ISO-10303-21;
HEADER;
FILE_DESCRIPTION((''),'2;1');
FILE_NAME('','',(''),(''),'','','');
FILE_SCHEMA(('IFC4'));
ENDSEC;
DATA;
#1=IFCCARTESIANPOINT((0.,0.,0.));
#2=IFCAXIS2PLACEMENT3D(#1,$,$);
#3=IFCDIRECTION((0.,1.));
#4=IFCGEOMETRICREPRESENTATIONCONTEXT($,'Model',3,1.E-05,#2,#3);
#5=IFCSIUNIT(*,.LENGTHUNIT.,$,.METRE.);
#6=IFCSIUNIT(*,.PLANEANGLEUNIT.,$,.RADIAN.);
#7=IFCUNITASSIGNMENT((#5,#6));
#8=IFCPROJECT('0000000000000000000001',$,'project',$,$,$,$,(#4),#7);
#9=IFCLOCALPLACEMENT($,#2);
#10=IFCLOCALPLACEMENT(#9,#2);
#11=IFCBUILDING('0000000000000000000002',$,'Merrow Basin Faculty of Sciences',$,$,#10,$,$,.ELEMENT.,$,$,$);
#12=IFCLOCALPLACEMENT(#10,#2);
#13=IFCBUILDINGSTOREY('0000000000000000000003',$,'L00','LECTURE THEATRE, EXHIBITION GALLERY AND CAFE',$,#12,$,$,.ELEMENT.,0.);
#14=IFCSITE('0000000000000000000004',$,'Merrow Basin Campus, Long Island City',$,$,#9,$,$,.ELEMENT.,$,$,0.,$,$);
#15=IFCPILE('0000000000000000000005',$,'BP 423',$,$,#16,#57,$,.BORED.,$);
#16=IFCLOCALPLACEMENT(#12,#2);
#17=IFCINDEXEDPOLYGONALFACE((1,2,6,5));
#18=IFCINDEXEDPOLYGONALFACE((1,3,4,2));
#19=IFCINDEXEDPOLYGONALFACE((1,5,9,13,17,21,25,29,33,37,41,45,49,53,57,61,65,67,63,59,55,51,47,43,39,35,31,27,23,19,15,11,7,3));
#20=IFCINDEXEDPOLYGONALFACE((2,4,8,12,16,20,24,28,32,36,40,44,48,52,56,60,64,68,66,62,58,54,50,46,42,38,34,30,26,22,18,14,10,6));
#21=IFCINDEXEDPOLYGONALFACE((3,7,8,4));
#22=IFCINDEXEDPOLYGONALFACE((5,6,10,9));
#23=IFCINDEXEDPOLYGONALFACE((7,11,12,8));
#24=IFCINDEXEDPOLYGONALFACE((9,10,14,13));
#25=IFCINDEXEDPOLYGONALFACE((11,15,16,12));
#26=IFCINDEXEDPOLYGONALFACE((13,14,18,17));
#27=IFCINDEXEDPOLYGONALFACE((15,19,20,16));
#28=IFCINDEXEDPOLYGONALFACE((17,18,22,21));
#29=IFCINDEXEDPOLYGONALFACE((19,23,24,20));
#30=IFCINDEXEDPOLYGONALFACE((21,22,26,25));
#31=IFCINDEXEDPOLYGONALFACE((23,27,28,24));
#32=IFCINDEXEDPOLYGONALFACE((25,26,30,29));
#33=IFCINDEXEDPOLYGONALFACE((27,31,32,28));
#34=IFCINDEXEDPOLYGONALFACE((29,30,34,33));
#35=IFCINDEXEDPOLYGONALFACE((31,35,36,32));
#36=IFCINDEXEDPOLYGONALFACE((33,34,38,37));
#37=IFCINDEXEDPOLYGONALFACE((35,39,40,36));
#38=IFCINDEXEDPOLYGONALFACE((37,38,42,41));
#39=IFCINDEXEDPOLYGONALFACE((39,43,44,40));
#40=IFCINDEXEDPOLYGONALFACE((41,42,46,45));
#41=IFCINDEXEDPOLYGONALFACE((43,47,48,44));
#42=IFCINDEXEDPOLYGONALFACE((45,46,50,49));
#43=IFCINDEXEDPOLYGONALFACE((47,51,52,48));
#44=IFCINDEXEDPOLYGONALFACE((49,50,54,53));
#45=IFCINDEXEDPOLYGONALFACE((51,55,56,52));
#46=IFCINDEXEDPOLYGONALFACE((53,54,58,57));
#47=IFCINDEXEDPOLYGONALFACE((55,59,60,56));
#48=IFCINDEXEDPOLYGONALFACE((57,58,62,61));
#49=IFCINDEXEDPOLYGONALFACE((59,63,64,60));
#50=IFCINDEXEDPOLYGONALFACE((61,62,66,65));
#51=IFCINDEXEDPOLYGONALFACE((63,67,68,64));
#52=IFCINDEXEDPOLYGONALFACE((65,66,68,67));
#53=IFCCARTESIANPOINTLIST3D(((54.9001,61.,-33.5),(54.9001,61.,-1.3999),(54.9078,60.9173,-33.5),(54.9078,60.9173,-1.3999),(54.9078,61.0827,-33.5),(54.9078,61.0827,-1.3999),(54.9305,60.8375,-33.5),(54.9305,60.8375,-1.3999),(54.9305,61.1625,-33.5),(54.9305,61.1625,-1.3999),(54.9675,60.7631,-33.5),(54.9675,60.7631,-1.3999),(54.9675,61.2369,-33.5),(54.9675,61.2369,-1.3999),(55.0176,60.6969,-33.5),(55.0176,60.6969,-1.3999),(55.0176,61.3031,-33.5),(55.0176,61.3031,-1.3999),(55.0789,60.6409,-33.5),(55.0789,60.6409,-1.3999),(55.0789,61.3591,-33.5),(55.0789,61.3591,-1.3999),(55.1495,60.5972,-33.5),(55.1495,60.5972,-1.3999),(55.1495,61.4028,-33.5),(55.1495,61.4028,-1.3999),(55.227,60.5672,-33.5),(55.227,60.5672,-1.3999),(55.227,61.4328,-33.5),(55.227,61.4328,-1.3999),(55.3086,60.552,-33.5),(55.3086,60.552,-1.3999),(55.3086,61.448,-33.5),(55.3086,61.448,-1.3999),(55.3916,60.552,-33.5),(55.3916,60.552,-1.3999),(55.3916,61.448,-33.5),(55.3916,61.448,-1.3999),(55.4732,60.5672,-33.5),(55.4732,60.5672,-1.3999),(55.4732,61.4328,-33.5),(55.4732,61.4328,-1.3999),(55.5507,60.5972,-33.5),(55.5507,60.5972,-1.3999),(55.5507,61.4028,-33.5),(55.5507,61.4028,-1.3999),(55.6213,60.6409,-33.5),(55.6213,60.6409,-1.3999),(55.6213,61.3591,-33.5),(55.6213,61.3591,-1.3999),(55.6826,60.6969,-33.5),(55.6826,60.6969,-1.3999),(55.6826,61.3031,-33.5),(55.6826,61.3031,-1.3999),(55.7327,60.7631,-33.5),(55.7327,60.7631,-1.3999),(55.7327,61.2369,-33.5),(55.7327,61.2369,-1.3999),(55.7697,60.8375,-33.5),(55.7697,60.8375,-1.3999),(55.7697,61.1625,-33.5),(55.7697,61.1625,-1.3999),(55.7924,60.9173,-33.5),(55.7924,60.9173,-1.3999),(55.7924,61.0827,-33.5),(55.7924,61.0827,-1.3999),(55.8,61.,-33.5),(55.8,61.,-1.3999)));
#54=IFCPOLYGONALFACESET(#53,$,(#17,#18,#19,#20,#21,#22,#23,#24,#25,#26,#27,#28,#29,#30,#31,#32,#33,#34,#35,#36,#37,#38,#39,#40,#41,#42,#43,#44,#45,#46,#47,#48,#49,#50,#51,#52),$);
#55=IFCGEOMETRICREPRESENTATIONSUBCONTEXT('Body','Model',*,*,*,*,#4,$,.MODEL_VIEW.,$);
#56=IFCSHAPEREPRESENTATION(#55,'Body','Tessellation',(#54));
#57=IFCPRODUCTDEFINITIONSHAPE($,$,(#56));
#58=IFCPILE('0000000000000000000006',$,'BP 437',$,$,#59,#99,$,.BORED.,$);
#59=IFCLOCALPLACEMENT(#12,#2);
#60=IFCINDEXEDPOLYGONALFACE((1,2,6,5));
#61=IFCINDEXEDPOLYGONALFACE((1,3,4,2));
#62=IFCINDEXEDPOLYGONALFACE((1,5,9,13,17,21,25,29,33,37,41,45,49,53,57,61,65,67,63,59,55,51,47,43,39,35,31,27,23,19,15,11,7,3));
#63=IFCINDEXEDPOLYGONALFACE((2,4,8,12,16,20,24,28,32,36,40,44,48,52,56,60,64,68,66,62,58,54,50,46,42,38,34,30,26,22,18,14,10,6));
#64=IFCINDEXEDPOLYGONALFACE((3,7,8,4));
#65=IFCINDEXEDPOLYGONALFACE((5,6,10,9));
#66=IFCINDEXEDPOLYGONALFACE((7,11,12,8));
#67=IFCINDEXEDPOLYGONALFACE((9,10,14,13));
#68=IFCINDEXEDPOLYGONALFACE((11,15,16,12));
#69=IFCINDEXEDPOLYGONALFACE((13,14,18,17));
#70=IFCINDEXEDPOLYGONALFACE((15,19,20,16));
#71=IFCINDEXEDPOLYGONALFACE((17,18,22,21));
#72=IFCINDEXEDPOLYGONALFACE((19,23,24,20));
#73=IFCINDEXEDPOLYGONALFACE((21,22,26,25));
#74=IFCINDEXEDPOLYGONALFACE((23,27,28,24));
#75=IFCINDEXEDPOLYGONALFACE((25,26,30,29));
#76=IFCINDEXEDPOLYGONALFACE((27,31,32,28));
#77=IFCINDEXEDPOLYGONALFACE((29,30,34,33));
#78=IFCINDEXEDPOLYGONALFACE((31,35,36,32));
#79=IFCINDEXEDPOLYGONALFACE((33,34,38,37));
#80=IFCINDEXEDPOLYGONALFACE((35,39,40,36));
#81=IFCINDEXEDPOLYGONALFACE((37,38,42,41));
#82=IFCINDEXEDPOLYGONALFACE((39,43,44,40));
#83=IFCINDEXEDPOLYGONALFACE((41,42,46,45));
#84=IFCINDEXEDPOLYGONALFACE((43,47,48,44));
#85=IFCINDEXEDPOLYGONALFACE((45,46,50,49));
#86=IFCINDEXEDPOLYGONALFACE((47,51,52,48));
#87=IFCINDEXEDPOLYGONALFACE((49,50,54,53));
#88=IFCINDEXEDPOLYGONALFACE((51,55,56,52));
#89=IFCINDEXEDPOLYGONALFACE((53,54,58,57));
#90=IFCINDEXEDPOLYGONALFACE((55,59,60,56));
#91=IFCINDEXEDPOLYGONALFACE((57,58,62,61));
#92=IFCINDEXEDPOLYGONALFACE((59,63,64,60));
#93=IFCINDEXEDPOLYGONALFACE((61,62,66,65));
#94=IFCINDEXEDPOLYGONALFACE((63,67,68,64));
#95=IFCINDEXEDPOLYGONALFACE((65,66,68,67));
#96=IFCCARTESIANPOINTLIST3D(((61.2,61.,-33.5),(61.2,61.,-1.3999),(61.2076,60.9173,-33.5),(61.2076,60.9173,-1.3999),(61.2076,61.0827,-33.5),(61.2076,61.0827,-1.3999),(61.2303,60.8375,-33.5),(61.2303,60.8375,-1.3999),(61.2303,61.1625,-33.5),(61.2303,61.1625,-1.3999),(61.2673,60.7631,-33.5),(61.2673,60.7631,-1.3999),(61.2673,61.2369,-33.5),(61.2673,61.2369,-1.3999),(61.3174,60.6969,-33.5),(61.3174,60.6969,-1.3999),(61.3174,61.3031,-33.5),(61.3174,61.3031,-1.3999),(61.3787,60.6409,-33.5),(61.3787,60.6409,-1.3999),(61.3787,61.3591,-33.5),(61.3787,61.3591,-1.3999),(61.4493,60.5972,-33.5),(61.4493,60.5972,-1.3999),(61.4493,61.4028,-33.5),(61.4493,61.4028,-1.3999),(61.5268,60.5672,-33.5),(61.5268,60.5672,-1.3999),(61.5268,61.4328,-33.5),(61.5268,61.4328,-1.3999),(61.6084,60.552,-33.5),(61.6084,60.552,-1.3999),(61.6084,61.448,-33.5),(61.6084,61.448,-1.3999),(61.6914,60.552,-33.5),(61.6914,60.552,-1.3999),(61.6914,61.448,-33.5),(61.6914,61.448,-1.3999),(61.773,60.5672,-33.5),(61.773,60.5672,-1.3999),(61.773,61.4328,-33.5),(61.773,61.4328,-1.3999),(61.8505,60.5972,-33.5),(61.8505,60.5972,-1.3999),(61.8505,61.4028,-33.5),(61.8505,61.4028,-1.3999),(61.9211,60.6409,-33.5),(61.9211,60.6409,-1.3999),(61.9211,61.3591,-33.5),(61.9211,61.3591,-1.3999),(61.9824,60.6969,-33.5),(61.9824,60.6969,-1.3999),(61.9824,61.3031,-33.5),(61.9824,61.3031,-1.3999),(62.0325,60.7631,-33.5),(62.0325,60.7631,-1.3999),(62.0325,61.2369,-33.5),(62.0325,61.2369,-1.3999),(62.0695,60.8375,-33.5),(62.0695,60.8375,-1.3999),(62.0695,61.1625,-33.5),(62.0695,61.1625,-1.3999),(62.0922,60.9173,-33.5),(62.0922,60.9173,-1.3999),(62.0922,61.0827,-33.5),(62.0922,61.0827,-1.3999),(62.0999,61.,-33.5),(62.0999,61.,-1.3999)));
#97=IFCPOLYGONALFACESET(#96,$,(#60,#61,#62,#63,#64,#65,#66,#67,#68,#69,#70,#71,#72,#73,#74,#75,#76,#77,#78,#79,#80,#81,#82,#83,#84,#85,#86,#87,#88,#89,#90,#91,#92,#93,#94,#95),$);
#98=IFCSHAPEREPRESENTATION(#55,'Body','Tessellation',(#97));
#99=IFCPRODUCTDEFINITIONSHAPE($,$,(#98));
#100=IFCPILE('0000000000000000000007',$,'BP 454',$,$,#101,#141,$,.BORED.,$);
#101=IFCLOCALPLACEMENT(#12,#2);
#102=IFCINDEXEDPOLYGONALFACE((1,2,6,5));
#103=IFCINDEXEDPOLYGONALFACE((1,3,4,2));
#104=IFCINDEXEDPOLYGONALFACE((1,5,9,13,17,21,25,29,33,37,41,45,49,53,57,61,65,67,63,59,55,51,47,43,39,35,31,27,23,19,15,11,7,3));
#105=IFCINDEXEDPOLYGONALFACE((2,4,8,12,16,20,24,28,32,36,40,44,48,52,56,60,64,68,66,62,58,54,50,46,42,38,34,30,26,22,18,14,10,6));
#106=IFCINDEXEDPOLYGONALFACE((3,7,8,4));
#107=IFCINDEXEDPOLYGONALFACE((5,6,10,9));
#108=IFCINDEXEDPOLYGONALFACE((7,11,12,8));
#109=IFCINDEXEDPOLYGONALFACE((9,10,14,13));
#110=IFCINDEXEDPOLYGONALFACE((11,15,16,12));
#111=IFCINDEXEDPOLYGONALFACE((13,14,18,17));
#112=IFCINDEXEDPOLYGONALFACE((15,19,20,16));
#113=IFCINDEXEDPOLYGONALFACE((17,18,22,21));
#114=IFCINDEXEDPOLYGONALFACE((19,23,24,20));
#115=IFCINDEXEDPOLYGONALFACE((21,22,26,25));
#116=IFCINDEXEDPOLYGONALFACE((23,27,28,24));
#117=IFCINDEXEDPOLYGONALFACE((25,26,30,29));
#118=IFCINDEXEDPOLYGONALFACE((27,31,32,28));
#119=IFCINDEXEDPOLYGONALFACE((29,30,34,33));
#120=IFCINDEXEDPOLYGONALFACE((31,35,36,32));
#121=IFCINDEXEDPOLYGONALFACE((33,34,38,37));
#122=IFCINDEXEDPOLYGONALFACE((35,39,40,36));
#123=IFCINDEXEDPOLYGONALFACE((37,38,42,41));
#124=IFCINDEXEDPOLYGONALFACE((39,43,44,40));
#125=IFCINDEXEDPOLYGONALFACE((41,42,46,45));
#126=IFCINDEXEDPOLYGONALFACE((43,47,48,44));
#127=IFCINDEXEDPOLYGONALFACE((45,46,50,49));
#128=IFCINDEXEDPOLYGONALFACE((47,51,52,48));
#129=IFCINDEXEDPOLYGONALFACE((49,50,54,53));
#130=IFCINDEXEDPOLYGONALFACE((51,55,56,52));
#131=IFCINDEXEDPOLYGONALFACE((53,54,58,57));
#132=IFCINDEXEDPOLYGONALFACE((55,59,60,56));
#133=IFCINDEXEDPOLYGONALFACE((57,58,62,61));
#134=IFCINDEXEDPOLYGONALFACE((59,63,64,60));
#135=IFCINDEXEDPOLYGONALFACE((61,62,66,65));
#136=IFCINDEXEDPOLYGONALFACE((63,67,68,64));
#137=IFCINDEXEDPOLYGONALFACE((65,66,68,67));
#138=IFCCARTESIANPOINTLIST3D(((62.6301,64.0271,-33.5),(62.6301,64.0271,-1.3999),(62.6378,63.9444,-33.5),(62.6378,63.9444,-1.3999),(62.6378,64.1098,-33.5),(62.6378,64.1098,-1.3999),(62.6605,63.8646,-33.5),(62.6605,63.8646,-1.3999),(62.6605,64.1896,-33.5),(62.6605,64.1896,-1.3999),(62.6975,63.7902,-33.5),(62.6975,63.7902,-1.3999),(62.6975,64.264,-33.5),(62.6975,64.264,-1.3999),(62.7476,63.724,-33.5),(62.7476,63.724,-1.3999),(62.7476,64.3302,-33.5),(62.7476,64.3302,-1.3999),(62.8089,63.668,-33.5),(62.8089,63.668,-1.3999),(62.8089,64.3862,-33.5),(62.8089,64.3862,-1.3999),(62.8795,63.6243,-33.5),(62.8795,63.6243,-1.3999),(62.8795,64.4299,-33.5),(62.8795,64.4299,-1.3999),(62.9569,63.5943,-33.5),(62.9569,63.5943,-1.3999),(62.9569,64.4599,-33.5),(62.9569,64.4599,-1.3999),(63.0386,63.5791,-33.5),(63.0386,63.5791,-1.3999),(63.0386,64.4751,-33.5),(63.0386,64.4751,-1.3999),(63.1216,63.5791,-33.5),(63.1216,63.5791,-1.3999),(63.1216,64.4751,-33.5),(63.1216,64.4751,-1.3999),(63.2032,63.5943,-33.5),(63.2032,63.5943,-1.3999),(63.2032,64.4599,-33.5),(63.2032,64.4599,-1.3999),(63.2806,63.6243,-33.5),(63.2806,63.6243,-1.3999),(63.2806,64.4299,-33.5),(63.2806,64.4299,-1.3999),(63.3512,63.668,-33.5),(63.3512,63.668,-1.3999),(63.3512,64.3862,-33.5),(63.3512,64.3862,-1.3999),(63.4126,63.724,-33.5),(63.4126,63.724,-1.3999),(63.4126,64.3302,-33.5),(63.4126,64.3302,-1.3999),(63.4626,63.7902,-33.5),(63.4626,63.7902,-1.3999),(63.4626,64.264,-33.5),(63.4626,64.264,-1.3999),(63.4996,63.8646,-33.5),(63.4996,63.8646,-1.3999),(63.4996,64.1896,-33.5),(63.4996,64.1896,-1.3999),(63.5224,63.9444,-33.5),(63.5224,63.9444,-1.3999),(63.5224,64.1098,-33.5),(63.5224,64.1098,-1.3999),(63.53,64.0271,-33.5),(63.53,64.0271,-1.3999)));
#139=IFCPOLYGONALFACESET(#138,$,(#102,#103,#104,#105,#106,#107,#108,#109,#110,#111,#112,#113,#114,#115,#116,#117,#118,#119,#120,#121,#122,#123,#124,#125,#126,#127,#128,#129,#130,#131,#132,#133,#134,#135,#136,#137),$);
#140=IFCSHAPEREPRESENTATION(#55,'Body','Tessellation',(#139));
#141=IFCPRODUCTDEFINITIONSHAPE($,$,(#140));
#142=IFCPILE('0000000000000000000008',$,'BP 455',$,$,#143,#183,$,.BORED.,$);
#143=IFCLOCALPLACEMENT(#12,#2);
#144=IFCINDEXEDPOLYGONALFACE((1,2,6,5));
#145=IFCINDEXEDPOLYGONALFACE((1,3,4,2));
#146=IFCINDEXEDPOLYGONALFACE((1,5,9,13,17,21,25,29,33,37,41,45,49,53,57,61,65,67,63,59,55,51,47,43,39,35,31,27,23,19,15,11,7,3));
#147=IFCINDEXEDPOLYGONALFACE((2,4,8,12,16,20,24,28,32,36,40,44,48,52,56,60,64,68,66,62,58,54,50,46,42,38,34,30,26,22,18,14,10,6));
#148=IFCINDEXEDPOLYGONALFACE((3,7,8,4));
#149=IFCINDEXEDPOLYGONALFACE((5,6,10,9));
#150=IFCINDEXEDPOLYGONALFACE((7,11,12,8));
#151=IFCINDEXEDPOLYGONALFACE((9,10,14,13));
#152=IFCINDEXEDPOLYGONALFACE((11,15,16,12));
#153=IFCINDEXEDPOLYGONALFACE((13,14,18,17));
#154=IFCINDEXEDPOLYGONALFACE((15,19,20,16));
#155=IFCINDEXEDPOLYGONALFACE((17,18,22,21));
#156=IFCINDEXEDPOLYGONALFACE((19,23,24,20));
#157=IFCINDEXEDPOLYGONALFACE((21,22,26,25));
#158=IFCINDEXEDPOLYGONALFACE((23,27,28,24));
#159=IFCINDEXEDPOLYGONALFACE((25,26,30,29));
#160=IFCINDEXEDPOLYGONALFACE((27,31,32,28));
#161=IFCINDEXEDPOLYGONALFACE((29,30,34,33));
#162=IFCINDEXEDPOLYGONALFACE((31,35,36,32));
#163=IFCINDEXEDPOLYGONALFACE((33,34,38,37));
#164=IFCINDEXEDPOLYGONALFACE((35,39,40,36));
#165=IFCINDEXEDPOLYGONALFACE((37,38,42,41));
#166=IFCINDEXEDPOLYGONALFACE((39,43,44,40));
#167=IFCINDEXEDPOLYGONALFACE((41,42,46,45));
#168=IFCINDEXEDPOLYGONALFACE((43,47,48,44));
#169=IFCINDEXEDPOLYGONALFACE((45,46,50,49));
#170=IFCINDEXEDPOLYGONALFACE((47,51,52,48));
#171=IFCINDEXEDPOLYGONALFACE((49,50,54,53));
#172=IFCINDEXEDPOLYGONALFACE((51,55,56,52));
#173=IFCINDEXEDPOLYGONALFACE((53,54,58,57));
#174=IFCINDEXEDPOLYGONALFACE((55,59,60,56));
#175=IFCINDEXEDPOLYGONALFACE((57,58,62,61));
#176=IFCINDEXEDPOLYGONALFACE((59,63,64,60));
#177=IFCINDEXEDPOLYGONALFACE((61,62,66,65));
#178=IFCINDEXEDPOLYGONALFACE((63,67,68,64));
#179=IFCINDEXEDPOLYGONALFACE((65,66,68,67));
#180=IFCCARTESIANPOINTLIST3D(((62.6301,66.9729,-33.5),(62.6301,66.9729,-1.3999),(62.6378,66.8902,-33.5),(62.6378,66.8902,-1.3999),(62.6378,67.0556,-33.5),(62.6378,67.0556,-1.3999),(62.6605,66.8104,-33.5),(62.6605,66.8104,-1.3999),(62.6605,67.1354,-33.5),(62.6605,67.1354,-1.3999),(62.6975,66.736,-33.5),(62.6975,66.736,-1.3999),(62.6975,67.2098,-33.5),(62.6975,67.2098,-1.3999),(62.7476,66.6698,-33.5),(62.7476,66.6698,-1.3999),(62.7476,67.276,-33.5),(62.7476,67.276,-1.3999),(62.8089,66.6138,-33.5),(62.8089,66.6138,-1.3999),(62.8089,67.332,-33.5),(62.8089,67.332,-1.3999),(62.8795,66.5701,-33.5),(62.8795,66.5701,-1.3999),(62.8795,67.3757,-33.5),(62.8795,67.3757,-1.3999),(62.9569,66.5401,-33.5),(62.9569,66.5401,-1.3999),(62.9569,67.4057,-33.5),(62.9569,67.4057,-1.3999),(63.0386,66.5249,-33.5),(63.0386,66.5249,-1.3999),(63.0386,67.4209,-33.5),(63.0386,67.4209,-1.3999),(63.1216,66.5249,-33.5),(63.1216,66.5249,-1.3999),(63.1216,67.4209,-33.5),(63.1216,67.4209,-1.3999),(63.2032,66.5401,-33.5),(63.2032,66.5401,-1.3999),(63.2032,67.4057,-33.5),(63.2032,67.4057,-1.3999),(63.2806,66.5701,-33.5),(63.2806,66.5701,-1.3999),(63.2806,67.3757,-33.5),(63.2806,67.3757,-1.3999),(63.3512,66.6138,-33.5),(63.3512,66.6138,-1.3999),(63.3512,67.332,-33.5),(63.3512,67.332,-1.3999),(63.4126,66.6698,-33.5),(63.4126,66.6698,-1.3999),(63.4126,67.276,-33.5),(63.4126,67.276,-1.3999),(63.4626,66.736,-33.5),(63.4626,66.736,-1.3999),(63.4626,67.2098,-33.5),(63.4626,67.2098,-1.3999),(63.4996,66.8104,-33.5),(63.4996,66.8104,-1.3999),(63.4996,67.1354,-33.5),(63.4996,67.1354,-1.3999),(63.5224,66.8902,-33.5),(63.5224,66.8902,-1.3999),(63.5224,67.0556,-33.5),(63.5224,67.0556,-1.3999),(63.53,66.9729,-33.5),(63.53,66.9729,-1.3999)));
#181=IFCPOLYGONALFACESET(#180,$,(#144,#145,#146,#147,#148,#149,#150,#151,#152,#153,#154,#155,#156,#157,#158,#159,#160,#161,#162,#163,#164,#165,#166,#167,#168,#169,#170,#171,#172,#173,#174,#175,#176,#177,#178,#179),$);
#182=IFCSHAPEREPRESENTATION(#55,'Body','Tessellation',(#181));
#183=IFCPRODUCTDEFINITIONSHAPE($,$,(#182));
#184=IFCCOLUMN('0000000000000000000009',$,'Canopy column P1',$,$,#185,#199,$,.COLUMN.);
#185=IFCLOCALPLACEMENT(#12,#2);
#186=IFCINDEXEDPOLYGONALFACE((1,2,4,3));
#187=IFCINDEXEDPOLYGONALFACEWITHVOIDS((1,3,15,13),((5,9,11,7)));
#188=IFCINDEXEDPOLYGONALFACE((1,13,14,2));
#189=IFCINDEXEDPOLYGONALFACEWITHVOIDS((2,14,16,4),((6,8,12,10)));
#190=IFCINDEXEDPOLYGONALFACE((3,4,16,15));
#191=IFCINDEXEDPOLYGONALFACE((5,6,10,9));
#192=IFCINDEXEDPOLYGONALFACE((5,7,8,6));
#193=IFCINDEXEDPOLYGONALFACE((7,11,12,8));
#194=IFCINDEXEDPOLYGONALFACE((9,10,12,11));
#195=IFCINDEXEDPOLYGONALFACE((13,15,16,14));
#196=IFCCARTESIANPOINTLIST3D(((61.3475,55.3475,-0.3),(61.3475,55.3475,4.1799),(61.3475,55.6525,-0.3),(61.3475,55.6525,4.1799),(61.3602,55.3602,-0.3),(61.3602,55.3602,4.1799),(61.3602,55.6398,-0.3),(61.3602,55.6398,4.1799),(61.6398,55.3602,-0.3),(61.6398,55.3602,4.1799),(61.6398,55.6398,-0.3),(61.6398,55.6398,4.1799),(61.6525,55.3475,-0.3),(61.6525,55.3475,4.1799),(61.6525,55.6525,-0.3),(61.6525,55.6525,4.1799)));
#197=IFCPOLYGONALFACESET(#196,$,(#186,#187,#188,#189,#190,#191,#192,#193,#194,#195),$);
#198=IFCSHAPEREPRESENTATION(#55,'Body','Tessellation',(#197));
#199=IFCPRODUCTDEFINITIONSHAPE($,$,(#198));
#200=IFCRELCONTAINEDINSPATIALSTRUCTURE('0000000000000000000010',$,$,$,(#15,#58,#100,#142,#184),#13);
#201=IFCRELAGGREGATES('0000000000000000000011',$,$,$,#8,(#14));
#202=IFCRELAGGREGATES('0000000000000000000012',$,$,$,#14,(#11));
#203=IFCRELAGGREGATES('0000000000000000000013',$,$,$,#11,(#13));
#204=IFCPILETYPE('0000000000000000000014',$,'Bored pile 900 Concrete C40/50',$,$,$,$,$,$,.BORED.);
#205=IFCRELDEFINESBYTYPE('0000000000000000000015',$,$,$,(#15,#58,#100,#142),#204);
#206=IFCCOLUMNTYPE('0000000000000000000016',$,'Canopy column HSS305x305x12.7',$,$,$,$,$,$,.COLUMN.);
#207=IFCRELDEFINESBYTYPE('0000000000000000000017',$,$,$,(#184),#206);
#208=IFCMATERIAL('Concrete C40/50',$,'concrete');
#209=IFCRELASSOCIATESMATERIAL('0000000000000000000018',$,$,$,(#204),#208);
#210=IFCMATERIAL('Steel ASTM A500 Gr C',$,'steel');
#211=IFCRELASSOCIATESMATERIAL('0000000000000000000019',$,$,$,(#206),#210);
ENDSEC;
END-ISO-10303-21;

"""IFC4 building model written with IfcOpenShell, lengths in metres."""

from ifc_helpers import new_model, si_unit, direction, frame, origin, origin_2d, place, context, subcontext, project, spatial, hollow_rectangle, circle, extrude, material, material_profile, profile_set, type_object, element, save


model = new_model("IFC4")

# Units and contexts
model_context = context("Model", 3, precision=1e-05, world=origin(), true_north=direction((0.0, 1.0)))
body_context = subcontext(model_context, "Body", "Model", "MODEL_VIEW")
ifc_project = project(units=[si_unit("LENGTHUNIT", "METRE"), si_unit("PLANEANGLEUNIT", "RADIAN")], contexts=[model_context])

# Site, building, storey
site_placement = place(None, origin())
site = spatial("IfcSite", under=ifc_project, at=site_placement, Name="Merrow Basin Campus, Long Island City", CompositionType="ELEMENT", RefElevation=0.0)
building_placement = place(site_placement, origin())
building = spatial("IfcBuilding", under=site, at=building_placement, Name="Merrow Basin Faculty of Sciences", CompositionType="ELEMENT")
storey_placement = place(building_placement, origin())
storey = spatial("IfcBuildingStorey", under=building, at=storey_placement, Name="L00", Description="LECTURE THEATRE, EXHIBITION GALLERY AND CAFE", CompositionType="ELEMENT", Elevation=0.0)

# Piles
ifc_material_1 = material(Name="Concrete C40/50", Category="concrete")
ifc_material_profile_1 = material_profile(ifc_material_1, circle(Radius=0.45, at=origin_2d()))
ifc_profile_set_1 = profile_set([ifc_material_profile_1], Name="Concrete C40/50")
pile_type_1 = type_object("IfcPileType", Name="Bored pile 900 Concrete C40/50", PredefinedType="BORED", material=ifc_profile_set_1)
for number, where, z_axis, x_axis, name in (
    (1, (55.3501, 61.0, -1.3999), (0.0, 0.0, -1.0), (1.0, 0.0, 0.0), "BP 423"),
    (2, (61.6499, 61.0, -1.3999), (0.0, 0.0, -1.0), (1.0, 0.0, 0.0), "BP 437"),
    (3, (63.0801, 64.0271, -1.3999), (0.0, 0.0, -1.0), (1.0, 0.0, 0.0), "BP 454"),
    (4, (63.0801, 66.9729, -1.3999), (0.0, 0.0, -1.0), (1.0, 0.0, 0.0), "BP 455"),
):
    element("IfcPile", number, at=place(storey_placement, frame(where, z_axis=z_axis, x_axis=x_axis)), inside=storey, type_object=pile_type_1, Name=name, PredefinedType="BORED", context=body_context, shape_type="SweptSolid", body=[
        extrude(circle(Radius=0.45, at=origin_2d()), origin(), (0.0, 0.0, 1.0), 32.1001),
    ])

# Column
ifc_material_2 = material(Name="Steel ASTM A500 Gr C", Category="steel")
ifc_material_profile_2 = material_profile(ifc_material_2, hollow_rectangle(XDim=0.3049, YDim=0.3049, WallThickness=0.0127, at=origin_2d()))
ifc_profile_set_2 = profile_set([ifc_material_profile_2], Name="Steel ASTM A500 Gr C")
column_type_1 = type_object("IfcColumnType", Name="Canopy column HSS305x305x12.7", PredefinedType="COLUMN", material=ifc_profile_set_2)
for number, where, z_axis, x_axis, name in (
    (5, (61.5, 55.5, -0.3), (0.0, 0.0, 1.0), (1.0, 0.0, 0.0), "Canopy column P1"),
):
    element("IfcColumn", number, at=place(storey_placement, frame(where, z_axis=z_axis, x_axis=x_axis)), inside=storey, type_object=column_type_1, Name=name, PredefinedType="COLUMN", context=body_context, shape_type="SweptSolid", body=[
        extrude(hollow_rectangle(XDim=0.3049, YDim=0.3049, WallThickness=0.0127, at=origin_2d()), origin(), (0.0, 0.0, 1.0), 4.48),
    ])

save(model, "model.ifc")
